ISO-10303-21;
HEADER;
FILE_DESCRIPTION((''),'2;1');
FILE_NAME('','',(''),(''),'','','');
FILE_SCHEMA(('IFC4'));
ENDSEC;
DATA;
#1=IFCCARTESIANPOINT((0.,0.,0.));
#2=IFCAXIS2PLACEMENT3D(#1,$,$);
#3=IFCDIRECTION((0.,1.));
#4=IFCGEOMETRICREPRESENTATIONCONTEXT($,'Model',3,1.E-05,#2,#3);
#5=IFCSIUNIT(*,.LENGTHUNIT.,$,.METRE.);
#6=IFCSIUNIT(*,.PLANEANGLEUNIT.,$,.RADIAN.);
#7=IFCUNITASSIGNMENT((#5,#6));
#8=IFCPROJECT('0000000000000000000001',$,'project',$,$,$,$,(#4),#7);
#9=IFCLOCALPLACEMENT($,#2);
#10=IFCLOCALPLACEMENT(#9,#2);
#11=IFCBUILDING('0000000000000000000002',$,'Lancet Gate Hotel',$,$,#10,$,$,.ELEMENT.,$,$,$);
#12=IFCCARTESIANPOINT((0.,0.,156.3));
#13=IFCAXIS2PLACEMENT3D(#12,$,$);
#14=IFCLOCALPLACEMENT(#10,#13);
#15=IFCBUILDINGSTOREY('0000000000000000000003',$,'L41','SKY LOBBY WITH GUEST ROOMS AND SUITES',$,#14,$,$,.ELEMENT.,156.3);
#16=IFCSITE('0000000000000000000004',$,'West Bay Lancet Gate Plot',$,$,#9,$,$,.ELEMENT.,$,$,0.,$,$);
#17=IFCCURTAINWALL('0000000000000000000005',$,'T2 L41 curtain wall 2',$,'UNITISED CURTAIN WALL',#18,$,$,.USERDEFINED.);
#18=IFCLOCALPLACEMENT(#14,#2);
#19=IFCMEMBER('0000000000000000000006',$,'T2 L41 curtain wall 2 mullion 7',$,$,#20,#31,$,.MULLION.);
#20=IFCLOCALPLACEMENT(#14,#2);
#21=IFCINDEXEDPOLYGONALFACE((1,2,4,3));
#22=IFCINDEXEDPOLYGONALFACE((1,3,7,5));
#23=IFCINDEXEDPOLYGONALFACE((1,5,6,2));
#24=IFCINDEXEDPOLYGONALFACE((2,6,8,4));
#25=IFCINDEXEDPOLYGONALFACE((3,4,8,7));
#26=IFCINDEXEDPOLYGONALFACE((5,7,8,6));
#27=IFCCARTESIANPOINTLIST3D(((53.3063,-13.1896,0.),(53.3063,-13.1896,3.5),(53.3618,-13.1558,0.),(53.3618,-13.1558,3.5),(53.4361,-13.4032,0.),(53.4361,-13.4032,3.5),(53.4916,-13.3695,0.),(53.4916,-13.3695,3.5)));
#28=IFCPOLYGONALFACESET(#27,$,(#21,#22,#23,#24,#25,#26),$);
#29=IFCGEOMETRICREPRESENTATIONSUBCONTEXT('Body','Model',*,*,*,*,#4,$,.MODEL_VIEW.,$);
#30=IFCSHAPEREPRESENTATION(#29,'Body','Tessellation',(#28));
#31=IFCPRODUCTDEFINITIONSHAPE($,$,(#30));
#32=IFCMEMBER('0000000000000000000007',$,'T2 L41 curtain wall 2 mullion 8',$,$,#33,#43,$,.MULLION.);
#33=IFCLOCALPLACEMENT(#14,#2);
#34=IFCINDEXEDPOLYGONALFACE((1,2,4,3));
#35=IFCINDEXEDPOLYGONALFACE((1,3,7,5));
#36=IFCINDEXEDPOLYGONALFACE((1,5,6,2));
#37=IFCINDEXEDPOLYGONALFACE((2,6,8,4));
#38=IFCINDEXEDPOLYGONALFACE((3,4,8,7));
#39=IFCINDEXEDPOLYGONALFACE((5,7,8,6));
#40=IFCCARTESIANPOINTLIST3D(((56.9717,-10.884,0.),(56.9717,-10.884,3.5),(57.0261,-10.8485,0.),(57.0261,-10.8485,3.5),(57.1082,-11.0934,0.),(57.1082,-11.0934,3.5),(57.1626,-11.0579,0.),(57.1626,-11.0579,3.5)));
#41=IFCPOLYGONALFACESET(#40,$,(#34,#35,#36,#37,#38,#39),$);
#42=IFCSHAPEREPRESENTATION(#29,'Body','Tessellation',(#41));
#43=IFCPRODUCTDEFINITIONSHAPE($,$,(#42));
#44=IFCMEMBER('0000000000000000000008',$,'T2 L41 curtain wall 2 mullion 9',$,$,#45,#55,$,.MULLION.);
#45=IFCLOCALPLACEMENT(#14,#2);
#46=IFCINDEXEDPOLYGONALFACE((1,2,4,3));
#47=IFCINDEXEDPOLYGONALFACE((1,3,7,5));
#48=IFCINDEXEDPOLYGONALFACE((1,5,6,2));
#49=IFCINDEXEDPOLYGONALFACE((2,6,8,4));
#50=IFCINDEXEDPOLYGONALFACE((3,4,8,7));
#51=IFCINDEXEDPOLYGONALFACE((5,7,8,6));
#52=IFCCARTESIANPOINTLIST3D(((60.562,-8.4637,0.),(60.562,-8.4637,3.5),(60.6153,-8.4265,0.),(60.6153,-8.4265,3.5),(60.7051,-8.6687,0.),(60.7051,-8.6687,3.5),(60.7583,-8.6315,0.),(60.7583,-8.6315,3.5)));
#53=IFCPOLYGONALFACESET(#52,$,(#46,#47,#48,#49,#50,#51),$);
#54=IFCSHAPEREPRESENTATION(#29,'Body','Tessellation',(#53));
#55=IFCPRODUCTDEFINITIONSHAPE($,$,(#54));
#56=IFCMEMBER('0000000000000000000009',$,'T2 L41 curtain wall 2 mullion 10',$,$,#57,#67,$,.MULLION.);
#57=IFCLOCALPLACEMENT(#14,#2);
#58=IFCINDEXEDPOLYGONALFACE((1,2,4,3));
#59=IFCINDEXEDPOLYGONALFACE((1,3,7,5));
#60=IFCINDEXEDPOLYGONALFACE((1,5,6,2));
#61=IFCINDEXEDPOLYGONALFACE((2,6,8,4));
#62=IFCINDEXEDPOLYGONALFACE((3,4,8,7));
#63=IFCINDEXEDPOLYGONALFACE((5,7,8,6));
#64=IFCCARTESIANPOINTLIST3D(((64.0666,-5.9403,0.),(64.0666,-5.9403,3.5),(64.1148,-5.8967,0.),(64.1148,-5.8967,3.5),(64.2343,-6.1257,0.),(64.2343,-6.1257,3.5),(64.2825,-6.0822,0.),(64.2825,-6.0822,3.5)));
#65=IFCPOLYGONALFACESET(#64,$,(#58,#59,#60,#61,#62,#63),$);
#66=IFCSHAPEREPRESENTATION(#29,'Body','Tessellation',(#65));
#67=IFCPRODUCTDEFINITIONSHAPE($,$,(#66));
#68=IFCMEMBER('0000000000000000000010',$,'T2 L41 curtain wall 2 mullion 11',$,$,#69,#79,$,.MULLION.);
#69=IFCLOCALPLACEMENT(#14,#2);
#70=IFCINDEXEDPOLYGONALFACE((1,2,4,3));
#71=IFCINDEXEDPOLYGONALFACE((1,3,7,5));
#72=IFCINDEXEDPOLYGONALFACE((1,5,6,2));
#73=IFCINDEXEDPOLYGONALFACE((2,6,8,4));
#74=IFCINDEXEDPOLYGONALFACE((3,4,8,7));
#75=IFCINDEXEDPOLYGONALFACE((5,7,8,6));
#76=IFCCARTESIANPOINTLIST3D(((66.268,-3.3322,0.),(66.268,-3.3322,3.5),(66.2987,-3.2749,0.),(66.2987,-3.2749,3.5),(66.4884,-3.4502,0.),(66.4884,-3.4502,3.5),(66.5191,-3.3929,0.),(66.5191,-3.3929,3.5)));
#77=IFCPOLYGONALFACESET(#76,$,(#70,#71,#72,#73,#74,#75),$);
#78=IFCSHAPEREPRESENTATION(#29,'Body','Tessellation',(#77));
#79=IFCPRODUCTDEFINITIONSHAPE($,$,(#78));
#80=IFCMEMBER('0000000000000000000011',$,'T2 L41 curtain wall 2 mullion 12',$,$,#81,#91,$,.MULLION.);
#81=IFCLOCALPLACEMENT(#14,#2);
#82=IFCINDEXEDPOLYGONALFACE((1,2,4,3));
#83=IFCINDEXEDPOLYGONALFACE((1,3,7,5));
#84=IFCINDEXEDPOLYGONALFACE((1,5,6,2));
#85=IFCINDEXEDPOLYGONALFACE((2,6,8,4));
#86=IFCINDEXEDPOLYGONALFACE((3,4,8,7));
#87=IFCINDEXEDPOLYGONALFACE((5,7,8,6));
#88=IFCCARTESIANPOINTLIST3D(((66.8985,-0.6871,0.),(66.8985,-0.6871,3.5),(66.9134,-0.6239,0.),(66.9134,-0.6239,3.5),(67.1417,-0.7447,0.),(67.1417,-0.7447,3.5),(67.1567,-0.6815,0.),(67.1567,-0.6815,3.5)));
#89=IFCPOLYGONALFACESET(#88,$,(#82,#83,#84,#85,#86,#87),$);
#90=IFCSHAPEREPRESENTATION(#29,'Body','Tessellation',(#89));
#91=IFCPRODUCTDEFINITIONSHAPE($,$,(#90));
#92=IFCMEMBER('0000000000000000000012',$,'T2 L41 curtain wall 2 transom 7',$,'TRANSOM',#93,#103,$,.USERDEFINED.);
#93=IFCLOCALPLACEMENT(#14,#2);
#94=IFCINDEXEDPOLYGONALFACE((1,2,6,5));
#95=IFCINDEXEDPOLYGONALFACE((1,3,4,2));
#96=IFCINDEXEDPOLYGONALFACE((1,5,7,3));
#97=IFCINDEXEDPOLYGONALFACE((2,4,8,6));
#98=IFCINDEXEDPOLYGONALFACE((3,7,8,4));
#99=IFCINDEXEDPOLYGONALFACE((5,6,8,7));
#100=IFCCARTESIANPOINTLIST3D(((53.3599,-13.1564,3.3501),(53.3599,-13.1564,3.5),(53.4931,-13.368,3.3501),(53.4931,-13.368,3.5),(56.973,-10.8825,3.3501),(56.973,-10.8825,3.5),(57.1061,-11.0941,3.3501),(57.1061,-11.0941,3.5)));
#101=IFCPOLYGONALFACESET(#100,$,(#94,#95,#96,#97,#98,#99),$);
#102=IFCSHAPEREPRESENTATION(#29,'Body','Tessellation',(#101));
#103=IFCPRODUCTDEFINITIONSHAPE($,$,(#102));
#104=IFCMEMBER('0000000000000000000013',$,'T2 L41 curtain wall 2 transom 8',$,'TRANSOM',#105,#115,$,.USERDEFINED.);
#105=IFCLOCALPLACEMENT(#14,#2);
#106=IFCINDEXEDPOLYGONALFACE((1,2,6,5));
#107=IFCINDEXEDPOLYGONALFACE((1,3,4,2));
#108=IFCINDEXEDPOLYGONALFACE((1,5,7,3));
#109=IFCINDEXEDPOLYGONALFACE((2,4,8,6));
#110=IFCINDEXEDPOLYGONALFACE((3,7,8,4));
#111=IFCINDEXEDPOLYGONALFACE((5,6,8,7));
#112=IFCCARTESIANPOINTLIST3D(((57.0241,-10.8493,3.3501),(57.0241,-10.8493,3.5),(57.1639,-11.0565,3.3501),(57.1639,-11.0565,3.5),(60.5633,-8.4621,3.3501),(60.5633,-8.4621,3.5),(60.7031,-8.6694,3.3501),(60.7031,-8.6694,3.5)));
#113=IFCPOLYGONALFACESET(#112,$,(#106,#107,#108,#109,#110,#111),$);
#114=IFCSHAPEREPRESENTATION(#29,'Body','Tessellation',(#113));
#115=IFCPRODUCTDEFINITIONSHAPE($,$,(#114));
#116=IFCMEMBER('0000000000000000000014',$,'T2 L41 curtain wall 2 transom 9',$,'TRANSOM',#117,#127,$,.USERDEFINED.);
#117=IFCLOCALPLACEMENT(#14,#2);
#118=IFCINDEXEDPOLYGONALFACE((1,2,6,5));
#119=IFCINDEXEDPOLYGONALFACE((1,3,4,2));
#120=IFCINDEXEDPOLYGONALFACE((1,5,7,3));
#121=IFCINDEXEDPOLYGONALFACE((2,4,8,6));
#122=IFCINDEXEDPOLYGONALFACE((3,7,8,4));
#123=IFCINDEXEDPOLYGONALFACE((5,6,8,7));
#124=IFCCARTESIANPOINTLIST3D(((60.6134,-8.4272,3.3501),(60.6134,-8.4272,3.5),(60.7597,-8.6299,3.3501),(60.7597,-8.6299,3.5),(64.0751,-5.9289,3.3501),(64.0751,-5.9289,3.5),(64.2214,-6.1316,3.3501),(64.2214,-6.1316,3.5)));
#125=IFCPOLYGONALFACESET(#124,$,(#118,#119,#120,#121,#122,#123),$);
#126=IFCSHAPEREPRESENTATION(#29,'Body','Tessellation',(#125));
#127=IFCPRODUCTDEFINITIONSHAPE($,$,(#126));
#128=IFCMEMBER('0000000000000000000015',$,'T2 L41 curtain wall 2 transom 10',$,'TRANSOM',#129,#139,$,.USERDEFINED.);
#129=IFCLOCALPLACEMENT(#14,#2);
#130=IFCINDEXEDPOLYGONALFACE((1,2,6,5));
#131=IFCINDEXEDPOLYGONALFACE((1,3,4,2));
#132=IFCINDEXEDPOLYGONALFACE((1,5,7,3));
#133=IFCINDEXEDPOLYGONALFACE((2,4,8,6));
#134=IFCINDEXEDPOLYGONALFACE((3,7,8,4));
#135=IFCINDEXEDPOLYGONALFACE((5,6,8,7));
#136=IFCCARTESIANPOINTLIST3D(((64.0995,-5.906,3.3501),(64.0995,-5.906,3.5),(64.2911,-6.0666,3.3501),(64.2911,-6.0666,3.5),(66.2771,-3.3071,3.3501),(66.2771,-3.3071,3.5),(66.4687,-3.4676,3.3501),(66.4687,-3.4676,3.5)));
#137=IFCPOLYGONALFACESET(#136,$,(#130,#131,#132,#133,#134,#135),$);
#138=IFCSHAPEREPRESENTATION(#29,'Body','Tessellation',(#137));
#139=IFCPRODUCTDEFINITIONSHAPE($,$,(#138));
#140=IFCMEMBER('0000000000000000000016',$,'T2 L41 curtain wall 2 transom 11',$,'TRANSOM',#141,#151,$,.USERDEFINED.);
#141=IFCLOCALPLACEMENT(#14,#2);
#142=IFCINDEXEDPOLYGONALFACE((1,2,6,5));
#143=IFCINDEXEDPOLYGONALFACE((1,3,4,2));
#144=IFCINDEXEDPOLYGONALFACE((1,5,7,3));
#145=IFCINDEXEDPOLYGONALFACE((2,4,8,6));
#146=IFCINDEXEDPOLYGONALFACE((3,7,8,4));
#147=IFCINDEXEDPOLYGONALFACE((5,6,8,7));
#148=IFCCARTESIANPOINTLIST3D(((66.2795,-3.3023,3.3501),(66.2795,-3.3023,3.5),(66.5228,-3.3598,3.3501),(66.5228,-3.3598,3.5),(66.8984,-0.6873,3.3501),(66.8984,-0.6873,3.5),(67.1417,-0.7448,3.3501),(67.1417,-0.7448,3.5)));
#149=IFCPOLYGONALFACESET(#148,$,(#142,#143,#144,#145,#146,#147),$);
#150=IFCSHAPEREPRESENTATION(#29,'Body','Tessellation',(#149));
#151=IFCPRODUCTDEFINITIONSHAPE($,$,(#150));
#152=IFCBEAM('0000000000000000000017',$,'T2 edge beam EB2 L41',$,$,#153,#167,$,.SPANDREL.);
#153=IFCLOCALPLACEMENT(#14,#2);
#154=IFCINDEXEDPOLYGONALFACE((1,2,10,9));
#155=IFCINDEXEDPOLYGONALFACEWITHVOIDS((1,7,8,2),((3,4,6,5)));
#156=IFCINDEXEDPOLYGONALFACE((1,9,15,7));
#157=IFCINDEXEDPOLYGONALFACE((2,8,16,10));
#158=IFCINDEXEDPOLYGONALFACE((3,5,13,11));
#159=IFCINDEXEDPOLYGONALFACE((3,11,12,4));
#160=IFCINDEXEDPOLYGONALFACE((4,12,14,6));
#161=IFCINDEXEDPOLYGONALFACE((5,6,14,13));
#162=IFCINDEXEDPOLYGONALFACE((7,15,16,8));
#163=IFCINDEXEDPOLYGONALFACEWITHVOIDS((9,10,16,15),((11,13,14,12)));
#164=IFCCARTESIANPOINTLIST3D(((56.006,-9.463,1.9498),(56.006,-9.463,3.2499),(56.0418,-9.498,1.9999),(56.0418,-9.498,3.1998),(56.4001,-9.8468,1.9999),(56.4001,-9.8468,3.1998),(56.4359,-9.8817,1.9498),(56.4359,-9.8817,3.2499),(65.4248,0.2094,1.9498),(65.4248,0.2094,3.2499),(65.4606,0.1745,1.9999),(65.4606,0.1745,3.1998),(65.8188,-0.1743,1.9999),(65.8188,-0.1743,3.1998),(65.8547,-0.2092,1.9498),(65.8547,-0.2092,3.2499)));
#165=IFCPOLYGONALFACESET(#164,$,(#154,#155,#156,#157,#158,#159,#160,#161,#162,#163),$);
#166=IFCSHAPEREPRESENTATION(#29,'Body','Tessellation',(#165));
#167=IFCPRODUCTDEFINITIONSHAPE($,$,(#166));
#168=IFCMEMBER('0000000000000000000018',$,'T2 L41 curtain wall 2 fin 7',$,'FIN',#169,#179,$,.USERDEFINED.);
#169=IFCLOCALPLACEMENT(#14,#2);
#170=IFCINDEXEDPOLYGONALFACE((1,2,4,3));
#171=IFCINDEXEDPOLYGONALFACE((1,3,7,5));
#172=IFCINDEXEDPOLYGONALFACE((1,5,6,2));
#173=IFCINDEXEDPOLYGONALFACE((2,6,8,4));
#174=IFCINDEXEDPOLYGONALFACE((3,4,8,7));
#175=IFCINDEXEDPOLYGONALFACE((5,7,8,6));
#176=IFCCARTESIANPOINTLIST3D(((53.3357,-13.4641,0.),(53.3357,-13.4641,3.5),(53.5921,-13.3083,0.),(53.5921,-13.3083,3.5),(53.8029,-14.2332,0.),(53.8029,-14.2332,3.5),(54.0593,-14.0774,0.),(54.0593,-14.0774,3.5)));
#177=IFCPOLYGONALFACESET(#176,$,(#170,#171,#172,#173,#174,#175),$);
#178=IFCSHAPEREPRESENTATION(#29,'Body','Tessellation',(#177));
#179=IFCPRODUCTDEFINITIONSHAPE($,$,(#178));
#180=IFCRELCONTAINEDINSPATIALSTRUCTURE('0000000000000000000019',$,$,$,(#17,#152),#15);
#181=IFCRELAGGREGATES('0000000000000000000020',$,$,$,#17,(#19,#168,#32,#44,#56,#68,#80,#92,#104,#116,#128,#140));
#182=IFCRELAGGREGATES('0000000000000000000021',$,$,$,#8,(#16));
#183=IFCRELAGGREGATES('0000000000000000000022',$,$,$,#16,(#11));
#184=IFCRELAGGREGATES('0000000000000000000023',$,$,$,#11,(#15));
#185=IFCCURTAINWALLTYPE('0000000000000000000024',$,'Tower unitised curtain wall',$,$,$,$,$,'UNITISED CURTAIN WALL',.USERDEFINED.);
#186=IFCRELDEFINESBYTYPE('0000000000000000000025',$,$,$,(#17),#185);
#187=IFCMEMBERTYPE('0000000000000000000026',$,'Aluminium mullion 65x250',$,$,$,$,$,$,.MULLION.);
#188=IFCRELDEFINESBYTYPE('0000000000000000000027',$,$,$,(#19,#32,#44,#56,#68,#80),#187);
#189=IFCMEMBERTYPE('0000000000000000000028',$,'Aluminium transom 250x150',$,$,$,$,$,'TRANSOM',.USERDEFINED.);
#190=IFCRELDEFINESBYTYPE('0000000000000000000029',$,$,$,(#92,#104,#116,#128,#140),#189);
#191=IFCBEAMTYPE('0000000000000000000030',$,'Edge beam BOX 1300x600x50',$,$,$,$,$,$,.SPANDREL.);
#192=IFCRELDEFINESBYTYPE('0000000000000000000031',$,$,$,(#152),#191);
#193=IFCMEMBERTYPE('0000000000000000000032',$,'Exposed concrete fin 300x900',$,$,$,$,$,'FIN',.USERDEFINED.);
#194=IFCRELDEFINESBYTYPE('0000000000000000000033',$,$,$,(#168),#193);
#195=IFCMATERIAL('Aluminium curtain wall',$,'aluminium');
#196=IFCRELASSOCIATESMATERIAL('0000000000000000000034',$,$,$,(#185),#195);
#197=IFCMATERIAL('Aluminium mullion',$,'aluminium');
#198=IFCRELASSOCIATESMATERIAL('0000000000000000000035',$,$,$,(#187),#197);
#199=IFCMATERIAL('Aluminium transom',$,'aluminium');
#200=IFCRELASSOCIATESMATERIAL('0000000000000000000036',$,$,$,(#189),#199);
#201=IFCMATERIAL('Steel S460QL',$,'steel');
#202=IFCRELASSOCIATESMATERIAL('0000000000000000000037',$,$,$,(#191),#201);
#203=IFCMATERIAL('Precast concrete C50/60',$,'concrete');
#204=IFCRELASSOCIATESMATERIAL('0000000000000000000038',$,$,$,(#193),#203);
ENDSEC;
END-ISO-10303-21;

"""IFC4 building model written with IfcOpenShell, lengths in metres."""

from ifc_helpers import new_model, si_unit, direction, frame, origin, origin_2d, place, context, subcontext, project, spatial, rectangle, hollow_rectangle, extrude, material, material_profile, profile_set, type_object, element, aggregate, save


model = new_model("IFC4")

# Units and contexts
model_context = context("Model", 3, precision=1e-05, world=origin(), true_north=direction((0.0, 1.0)))
body_context = subcontext(model_context, "Body", "Model", "MODEL_VIEW")
ifc_project = project(units=[si_unit("LENGTHUNIT", "METRE"), si_unit("PLANEANGLEUNIT", "RADIAN")], contexts=[model_context])

# Site, building, storey
site_placement = place(None, origin())
site = spatial("IfcSite", under=ifc_project, at=site_placement, Name="West Bay Lancet Gate Plot", CompositionType="ELEMENT", RefElevation=0.0)
building_placement = place(site_placement, origin())
building = spatial("IfcBuilding", under=site, at=building_placement, Name="Lancet Gate Hotel", CompositionType="ELEMENT")
storey_placement = place(building_placement, frame((0.0, 0.0, 156.3)))
storey = spatial("IfcBuildingStorey", under=building, at=storey_placement, Name="L41", Description="SKY LOBBY WITH GUEST ROOMS AND SUITES", CompositionType="ELEMENT", Elevation=156.3)

# Curtain wall, members
ifc_material_1 = material(Name="Aluminium curtain wall", Category="aluminium")
curtain_wall_type = type_object("IfcCurtainWallType", Name="Tower unitised curtain wall", ElementType="UNITISED CURTAIN WALL", PredefinedType="USERDEFINED", material=ifc_material_1)
curtain_wall_placement = place(storey_placement, origin())
curtain_wall = element("IfcCurtainWall", 1, at=curtain_wall_placement, inside=storey, type_object=curtain_wall_type, Name="T2 L41 curtain wall 2", ObjectType="UNITISED CURTAIN WALL", PredefinedType="USERDEFINED")
ifc_material_2 = material(Name="Aluminium mullion", Category="aluminium")
ifc_material_profile_1 = material_profile(ifc_material_2, rectangle(XDim=0.0649, YDim=0.25, at=origin_2d()), Name="MULLION 65x250")
ifc_profile_set_1 = profile_set([ifc_material_profile_1], Name="Aluminium mullion")
member_type_1 = type_object("IfcMemberType", Name="Aluminium mullion 65x250", PredefinedType="MULLION", material=ifc_profile_set_1)
member_1_placement = place(storey_placement, frame((53.3989, -13.2795, 0.0), z_axis=(0.0, 0.0, 1.0), x_axis=(0.854691, 0.519137, 0.0)))
member_1 = element("IfcMember", 2, at=member_1_placement, type_object=member_type_1, Name="T2 L41 curtain wall 2 mullion 7", PredefinedType="MULLION", context=body_context, shape_type="SweptSolid", body=[
    extrude(rectangle(XDim=0.0649, YDim=0.25, at=origin_2d()), origin(), (0.0, 0.0, 1.0), 3.5),
])
member_2_placement = place(storey_placement, frame((57.0671, -10.9709, 0.0), z_axis=(0.0, 0.0, 1.0), x_axis=(0.837801, 0.545976, 0.0)))
member_2 = element("IfcMember", 3, at=member_2_placement, type_object=member_type_1, Name="T2 L41 curtain wall 2 mullion 8", PredefinedType="MULLION", context=body_context, shape_type="SweptSolid", body=[
    extrude(rectangle(XDim=0.0649, YDim=0.25, at=origin_2d()), origin(), (0.0, 0.0, 1.0), 3.5),
])
member_3_placement = place(storey_placement, frame((60.6602, -8.5476, 0.0), z_axis=(0.0, 0.0, 1.0), x_axis=(0.820068, 0.572266, 0.0)))
member_3 = element("IfcMember", 4, at=member_3_placement, type_object=member_type_1, Name="T2 L41 curtain wall 2 mullion 9", PredefinedType="MULLION", context=body_context, shape_type="SweptSolid", body=[
    extrude(rectangle(XDim=0.0649, YDim=0.25, at=origin_2d()), origin(), (0.0, 0.0, 1.0), 3.5),
])
member_4_placement = place(storey_placement, frame((64.1746, -6.0112, 0.0), z_axis=(0.0, 0.0, 1.0), x_axis=(0.741693, 0.670739, 0.0)))
member_4 = element("IfcMember", 5, at=member_4_placement, type_object=member_type_1, Name="T2 L41 curtain wall 2 mullion 10", PredefinedType="MULLION", context=body_context, shape_type="SweptSolid", body=[
    extrude(rectangle(XDim=0.0649, YDim=0.25, at=origin_2d()), origin(), (0.0, 0.0, 1.0), 3.5),
])
member_5_placement = place(storey_placement, frame((66.3936, -3.3625, 0.0), z_axis=(0.0, 0.0, 1.0), x_axis=(0.472146, 0.88152, 0.0)))
member_5 = element("IfcMember", 6, at=member_5_placement, type_object=member_type_1, Name="T2 L41 curtain wall 2 mullion 11", PredefinedType="MULLION", context=body_context, shape_type="SweptSolid", body=[
    extrude(rectangle(XDim=0.0649, YDim=0.25, at=origin_2d()), origin(), (0.0, 0.0, 1.0), 3.5),
])
member_6_placement = place(storey_placement, frame((67.0276, -0.6843, 0.0), z_axis=(0.0, 0.0, 1.0), x_axis=(0.230367, 0.973104, 0.0)))
member_6 = element("IfcMember", 7, at=member_6_placement, type_object=member_type_1, Name="T2 L41 curtain wall 2 mullion 12", PredefinedType="MULLION", context=body_context, shape_type="SweptSolid", body=[
    extrude(rectangle(XDim=0.0649, YDim=0.25, at=origin_2d()), origin(), (0.0, 0.0, 1.0), 3.5),
])
ifc_material_3 = material(Name="Aluminium transom", Category="aluminium")
ifc_material_profile_2 = material_profile(ifc_material_3, rectangle(XDim=0.25, YDim=0.1499, at=origin_2d()), Name="TRANSOM 250x150")
ifc_profile_set_2 = profile_set([ifc_material_profile_2], Name="Aluminium transom")
member_type_2 = type_object("IfcMemberType", Name="Aluminium transom 250x150", ElementType="TRANSOM", PredefinedType="USERDEFINED", material=ifc_profile_set_2)
member_7_placement = place(storey_placement, frame((53.4265, -13.2622, 3.425), z_axis=(0.846333, 0.532654, 0.0), x_axis=(-0.532654, 0.846333, 0.0)))
member_7 = element("IfcMember", 8, at=member_7_placement, type_object=member_type_2, Name="T2 L41 curtain wall 2 transom 7", ObjectType="TRANSOM", PredefinedType="USERDEFINED", context=body_context, shape_type="SweptSolid", body=[
    extrude(rectangle(XDim=0.25, YDim=0.1499, at=origin_2d()), origin(), (0.0, 0.0, 1.0), 4.269),
])
member_8_placement = place(storey_placement, frame((57.094, -10.9529, 3.425), z_axis=(0.829047, 0.559179, 0.0), x_axis=(-0.559179, 0.829047, 0.0)))
member_8 = element("IfcMember", 9, at=member_8_placement, type_object=member_type_2, Name="T2 L41 curtain wall 2 transom 8", ObjectType="TRANSOM", PredefinedType="USERDEFINED", context=body_context, shape_type="SweptSolid", body=[
    extrude(rectangle(XDim=0.25, YDim=0.1499, at=origin_2d()), origin(), (0.0, 0.0, 1.0), 4.269),
])
member_9_placement = place(storey_placement, frame((60.6865, -8.5286, 3.425), z_axis=(0.81088, 0.585213, 0.0), x_axis=(-0.585213, 0.81088, 0.0)))
member_9 = element("IfcMember", 10, at=member_9_placement, type_object=member_type_2, Name="T2 L41 curtain wall 2 transom 9", ObjectType="TRANSOM", PredefinedType="USERDEFINED", context=body_context, shape_type="SweptSolid", body=[
    extrude(rectangle(XDim=0.25, YDim=0.1499, at=origin_2d()), origin(), (0.0, 0.0, 1.0), 4.269),
])
member_10_placement = place(storey_placement, frame((64.1953, -5.9863, 3.425), z_axis=(0.642229, 0.766513, 0.0), x_axis=(-0.766513, 0.642229, 0.0)))
member_10 = element("IfcMember", 11, at=member_10_placement, type_object=member_type_2, Name="T2 L41 curtain wall 2 transom 10", ObjectType="TRANSOM", PredefinedType="USERDEFINED", context=body_context, shape_type="SweptSolid", body=[
    extrude(rectangle(XDim=0.25, YDim=0.1499, at=origin_2d()), origin(), (0.0, 0.0, 1.0), 3.3906),
])
member_11_placement = place(storey_placement, frame((66.4011, -3.3311, 3.425), z_axis=(0.23031, 0.973117, 0.0), x_axis=(-0.973117, 0.23031, 0.0)))
member_11 = element("IfcMember", 12, at=member_11_placement, type_object=member_type_2, Name="T2 L41 curtain wall 2 transom 11", ObjectType="TRANSOM", PredefinedType="USERDEFINED", context=body_context, shape_type="SweptSolid", body=[
    extrude(rectangle(XDim=0.25, YDim=0.1499, at=origin_2d()), origin(), (0.0, 0.0, 1.0), 2.6873),
])

# Beam
ifc_material_4 = material(Name="Steel S460QL", Category="steel")
ifc_material_profile_3 = material_profile(ifc_material_4, hollow_rectangle(XDim=0.6001, YDim=1.3, WallThickness=0.05, at=origin_2d()), Name="BOX 1300x600x50")
ifc_profile_set_3 = profile_set([ifc_material_profile_3], Name="Steel S460QL")
beam_type_1 = type_object("IfcBeamType", Name="Edge beam BOX 1300x600x50", PredefinedType="SPANDREL", material=ifc_profile_set_3)
beam_1_placement = place(storey_placement, frame((56.2209, -9.6724, 2.5999), z_axis=(0.69765, 0.716439, 0.0), x_axis=(-0.716439, 0.69765, 0.0)))
element("IfcBeam", 13, at=beam_1_placement, inside=storey, type_object=beam_type_1, Name="T2 edge beam EB2 L41", PredefinedType="SPANDREL", context=body_context, shape_type="SweptSolid", body=[
    extrude(hollow_rectangle(XDim=0.6001, YDim=1.3, WallThickness=0.05, at=origin_2d()), origin(), (0.0, 0.0, 1.0), 13.5007),
])

# Member
ifc_material_5 = material(Name="Precast concrete C50/60", Category="concrete")
ifc_material_profile_4 = material_profile(ifc_material_5, rectangle(XDim=0.3, YDim=0.8999, at=origin_2d()), Name="FIN 300x900")
ifc_profile_set_4 = profile_set([ifc_material_profile_4], Name="Precast concrete C50/60")
member_type_3 = type_object("IfcMemberType", Name="Exposed concrete fin 300x900", ElementType="FIN", PredefinedType="USERDEFINED", material=ifc_profile_set_4)
member_12_placement = place(storey_placement, frame((53.6975, -13.7708, 0.0), z_axis=(0.0, 0.0, 1.0), x_axis=(0.854691, 0.519137, 0.0)))
member_12 = element("IfcMember", 14, at=member_12_placement, type_object=member_type_3, Name="T2 L41 curtain wall 2 fin 7", ObjectType="FIN", PredefinedType="USERDEFINED", context=body_context, shape_type="SweptSolid", body=[
    extrude(rectangle(XDim=0.3, YDim=0.8999, at=origin_2d()), origin(), (0.0, 0.0, 1.0), 3.5),
])

aggregate(curtain_wall, [member_1, member_12, member_2, member_3, member_4, member_5, member_6, member_7, member_8, member_9, member_10, member_11])

save(model, "model.ifc")
